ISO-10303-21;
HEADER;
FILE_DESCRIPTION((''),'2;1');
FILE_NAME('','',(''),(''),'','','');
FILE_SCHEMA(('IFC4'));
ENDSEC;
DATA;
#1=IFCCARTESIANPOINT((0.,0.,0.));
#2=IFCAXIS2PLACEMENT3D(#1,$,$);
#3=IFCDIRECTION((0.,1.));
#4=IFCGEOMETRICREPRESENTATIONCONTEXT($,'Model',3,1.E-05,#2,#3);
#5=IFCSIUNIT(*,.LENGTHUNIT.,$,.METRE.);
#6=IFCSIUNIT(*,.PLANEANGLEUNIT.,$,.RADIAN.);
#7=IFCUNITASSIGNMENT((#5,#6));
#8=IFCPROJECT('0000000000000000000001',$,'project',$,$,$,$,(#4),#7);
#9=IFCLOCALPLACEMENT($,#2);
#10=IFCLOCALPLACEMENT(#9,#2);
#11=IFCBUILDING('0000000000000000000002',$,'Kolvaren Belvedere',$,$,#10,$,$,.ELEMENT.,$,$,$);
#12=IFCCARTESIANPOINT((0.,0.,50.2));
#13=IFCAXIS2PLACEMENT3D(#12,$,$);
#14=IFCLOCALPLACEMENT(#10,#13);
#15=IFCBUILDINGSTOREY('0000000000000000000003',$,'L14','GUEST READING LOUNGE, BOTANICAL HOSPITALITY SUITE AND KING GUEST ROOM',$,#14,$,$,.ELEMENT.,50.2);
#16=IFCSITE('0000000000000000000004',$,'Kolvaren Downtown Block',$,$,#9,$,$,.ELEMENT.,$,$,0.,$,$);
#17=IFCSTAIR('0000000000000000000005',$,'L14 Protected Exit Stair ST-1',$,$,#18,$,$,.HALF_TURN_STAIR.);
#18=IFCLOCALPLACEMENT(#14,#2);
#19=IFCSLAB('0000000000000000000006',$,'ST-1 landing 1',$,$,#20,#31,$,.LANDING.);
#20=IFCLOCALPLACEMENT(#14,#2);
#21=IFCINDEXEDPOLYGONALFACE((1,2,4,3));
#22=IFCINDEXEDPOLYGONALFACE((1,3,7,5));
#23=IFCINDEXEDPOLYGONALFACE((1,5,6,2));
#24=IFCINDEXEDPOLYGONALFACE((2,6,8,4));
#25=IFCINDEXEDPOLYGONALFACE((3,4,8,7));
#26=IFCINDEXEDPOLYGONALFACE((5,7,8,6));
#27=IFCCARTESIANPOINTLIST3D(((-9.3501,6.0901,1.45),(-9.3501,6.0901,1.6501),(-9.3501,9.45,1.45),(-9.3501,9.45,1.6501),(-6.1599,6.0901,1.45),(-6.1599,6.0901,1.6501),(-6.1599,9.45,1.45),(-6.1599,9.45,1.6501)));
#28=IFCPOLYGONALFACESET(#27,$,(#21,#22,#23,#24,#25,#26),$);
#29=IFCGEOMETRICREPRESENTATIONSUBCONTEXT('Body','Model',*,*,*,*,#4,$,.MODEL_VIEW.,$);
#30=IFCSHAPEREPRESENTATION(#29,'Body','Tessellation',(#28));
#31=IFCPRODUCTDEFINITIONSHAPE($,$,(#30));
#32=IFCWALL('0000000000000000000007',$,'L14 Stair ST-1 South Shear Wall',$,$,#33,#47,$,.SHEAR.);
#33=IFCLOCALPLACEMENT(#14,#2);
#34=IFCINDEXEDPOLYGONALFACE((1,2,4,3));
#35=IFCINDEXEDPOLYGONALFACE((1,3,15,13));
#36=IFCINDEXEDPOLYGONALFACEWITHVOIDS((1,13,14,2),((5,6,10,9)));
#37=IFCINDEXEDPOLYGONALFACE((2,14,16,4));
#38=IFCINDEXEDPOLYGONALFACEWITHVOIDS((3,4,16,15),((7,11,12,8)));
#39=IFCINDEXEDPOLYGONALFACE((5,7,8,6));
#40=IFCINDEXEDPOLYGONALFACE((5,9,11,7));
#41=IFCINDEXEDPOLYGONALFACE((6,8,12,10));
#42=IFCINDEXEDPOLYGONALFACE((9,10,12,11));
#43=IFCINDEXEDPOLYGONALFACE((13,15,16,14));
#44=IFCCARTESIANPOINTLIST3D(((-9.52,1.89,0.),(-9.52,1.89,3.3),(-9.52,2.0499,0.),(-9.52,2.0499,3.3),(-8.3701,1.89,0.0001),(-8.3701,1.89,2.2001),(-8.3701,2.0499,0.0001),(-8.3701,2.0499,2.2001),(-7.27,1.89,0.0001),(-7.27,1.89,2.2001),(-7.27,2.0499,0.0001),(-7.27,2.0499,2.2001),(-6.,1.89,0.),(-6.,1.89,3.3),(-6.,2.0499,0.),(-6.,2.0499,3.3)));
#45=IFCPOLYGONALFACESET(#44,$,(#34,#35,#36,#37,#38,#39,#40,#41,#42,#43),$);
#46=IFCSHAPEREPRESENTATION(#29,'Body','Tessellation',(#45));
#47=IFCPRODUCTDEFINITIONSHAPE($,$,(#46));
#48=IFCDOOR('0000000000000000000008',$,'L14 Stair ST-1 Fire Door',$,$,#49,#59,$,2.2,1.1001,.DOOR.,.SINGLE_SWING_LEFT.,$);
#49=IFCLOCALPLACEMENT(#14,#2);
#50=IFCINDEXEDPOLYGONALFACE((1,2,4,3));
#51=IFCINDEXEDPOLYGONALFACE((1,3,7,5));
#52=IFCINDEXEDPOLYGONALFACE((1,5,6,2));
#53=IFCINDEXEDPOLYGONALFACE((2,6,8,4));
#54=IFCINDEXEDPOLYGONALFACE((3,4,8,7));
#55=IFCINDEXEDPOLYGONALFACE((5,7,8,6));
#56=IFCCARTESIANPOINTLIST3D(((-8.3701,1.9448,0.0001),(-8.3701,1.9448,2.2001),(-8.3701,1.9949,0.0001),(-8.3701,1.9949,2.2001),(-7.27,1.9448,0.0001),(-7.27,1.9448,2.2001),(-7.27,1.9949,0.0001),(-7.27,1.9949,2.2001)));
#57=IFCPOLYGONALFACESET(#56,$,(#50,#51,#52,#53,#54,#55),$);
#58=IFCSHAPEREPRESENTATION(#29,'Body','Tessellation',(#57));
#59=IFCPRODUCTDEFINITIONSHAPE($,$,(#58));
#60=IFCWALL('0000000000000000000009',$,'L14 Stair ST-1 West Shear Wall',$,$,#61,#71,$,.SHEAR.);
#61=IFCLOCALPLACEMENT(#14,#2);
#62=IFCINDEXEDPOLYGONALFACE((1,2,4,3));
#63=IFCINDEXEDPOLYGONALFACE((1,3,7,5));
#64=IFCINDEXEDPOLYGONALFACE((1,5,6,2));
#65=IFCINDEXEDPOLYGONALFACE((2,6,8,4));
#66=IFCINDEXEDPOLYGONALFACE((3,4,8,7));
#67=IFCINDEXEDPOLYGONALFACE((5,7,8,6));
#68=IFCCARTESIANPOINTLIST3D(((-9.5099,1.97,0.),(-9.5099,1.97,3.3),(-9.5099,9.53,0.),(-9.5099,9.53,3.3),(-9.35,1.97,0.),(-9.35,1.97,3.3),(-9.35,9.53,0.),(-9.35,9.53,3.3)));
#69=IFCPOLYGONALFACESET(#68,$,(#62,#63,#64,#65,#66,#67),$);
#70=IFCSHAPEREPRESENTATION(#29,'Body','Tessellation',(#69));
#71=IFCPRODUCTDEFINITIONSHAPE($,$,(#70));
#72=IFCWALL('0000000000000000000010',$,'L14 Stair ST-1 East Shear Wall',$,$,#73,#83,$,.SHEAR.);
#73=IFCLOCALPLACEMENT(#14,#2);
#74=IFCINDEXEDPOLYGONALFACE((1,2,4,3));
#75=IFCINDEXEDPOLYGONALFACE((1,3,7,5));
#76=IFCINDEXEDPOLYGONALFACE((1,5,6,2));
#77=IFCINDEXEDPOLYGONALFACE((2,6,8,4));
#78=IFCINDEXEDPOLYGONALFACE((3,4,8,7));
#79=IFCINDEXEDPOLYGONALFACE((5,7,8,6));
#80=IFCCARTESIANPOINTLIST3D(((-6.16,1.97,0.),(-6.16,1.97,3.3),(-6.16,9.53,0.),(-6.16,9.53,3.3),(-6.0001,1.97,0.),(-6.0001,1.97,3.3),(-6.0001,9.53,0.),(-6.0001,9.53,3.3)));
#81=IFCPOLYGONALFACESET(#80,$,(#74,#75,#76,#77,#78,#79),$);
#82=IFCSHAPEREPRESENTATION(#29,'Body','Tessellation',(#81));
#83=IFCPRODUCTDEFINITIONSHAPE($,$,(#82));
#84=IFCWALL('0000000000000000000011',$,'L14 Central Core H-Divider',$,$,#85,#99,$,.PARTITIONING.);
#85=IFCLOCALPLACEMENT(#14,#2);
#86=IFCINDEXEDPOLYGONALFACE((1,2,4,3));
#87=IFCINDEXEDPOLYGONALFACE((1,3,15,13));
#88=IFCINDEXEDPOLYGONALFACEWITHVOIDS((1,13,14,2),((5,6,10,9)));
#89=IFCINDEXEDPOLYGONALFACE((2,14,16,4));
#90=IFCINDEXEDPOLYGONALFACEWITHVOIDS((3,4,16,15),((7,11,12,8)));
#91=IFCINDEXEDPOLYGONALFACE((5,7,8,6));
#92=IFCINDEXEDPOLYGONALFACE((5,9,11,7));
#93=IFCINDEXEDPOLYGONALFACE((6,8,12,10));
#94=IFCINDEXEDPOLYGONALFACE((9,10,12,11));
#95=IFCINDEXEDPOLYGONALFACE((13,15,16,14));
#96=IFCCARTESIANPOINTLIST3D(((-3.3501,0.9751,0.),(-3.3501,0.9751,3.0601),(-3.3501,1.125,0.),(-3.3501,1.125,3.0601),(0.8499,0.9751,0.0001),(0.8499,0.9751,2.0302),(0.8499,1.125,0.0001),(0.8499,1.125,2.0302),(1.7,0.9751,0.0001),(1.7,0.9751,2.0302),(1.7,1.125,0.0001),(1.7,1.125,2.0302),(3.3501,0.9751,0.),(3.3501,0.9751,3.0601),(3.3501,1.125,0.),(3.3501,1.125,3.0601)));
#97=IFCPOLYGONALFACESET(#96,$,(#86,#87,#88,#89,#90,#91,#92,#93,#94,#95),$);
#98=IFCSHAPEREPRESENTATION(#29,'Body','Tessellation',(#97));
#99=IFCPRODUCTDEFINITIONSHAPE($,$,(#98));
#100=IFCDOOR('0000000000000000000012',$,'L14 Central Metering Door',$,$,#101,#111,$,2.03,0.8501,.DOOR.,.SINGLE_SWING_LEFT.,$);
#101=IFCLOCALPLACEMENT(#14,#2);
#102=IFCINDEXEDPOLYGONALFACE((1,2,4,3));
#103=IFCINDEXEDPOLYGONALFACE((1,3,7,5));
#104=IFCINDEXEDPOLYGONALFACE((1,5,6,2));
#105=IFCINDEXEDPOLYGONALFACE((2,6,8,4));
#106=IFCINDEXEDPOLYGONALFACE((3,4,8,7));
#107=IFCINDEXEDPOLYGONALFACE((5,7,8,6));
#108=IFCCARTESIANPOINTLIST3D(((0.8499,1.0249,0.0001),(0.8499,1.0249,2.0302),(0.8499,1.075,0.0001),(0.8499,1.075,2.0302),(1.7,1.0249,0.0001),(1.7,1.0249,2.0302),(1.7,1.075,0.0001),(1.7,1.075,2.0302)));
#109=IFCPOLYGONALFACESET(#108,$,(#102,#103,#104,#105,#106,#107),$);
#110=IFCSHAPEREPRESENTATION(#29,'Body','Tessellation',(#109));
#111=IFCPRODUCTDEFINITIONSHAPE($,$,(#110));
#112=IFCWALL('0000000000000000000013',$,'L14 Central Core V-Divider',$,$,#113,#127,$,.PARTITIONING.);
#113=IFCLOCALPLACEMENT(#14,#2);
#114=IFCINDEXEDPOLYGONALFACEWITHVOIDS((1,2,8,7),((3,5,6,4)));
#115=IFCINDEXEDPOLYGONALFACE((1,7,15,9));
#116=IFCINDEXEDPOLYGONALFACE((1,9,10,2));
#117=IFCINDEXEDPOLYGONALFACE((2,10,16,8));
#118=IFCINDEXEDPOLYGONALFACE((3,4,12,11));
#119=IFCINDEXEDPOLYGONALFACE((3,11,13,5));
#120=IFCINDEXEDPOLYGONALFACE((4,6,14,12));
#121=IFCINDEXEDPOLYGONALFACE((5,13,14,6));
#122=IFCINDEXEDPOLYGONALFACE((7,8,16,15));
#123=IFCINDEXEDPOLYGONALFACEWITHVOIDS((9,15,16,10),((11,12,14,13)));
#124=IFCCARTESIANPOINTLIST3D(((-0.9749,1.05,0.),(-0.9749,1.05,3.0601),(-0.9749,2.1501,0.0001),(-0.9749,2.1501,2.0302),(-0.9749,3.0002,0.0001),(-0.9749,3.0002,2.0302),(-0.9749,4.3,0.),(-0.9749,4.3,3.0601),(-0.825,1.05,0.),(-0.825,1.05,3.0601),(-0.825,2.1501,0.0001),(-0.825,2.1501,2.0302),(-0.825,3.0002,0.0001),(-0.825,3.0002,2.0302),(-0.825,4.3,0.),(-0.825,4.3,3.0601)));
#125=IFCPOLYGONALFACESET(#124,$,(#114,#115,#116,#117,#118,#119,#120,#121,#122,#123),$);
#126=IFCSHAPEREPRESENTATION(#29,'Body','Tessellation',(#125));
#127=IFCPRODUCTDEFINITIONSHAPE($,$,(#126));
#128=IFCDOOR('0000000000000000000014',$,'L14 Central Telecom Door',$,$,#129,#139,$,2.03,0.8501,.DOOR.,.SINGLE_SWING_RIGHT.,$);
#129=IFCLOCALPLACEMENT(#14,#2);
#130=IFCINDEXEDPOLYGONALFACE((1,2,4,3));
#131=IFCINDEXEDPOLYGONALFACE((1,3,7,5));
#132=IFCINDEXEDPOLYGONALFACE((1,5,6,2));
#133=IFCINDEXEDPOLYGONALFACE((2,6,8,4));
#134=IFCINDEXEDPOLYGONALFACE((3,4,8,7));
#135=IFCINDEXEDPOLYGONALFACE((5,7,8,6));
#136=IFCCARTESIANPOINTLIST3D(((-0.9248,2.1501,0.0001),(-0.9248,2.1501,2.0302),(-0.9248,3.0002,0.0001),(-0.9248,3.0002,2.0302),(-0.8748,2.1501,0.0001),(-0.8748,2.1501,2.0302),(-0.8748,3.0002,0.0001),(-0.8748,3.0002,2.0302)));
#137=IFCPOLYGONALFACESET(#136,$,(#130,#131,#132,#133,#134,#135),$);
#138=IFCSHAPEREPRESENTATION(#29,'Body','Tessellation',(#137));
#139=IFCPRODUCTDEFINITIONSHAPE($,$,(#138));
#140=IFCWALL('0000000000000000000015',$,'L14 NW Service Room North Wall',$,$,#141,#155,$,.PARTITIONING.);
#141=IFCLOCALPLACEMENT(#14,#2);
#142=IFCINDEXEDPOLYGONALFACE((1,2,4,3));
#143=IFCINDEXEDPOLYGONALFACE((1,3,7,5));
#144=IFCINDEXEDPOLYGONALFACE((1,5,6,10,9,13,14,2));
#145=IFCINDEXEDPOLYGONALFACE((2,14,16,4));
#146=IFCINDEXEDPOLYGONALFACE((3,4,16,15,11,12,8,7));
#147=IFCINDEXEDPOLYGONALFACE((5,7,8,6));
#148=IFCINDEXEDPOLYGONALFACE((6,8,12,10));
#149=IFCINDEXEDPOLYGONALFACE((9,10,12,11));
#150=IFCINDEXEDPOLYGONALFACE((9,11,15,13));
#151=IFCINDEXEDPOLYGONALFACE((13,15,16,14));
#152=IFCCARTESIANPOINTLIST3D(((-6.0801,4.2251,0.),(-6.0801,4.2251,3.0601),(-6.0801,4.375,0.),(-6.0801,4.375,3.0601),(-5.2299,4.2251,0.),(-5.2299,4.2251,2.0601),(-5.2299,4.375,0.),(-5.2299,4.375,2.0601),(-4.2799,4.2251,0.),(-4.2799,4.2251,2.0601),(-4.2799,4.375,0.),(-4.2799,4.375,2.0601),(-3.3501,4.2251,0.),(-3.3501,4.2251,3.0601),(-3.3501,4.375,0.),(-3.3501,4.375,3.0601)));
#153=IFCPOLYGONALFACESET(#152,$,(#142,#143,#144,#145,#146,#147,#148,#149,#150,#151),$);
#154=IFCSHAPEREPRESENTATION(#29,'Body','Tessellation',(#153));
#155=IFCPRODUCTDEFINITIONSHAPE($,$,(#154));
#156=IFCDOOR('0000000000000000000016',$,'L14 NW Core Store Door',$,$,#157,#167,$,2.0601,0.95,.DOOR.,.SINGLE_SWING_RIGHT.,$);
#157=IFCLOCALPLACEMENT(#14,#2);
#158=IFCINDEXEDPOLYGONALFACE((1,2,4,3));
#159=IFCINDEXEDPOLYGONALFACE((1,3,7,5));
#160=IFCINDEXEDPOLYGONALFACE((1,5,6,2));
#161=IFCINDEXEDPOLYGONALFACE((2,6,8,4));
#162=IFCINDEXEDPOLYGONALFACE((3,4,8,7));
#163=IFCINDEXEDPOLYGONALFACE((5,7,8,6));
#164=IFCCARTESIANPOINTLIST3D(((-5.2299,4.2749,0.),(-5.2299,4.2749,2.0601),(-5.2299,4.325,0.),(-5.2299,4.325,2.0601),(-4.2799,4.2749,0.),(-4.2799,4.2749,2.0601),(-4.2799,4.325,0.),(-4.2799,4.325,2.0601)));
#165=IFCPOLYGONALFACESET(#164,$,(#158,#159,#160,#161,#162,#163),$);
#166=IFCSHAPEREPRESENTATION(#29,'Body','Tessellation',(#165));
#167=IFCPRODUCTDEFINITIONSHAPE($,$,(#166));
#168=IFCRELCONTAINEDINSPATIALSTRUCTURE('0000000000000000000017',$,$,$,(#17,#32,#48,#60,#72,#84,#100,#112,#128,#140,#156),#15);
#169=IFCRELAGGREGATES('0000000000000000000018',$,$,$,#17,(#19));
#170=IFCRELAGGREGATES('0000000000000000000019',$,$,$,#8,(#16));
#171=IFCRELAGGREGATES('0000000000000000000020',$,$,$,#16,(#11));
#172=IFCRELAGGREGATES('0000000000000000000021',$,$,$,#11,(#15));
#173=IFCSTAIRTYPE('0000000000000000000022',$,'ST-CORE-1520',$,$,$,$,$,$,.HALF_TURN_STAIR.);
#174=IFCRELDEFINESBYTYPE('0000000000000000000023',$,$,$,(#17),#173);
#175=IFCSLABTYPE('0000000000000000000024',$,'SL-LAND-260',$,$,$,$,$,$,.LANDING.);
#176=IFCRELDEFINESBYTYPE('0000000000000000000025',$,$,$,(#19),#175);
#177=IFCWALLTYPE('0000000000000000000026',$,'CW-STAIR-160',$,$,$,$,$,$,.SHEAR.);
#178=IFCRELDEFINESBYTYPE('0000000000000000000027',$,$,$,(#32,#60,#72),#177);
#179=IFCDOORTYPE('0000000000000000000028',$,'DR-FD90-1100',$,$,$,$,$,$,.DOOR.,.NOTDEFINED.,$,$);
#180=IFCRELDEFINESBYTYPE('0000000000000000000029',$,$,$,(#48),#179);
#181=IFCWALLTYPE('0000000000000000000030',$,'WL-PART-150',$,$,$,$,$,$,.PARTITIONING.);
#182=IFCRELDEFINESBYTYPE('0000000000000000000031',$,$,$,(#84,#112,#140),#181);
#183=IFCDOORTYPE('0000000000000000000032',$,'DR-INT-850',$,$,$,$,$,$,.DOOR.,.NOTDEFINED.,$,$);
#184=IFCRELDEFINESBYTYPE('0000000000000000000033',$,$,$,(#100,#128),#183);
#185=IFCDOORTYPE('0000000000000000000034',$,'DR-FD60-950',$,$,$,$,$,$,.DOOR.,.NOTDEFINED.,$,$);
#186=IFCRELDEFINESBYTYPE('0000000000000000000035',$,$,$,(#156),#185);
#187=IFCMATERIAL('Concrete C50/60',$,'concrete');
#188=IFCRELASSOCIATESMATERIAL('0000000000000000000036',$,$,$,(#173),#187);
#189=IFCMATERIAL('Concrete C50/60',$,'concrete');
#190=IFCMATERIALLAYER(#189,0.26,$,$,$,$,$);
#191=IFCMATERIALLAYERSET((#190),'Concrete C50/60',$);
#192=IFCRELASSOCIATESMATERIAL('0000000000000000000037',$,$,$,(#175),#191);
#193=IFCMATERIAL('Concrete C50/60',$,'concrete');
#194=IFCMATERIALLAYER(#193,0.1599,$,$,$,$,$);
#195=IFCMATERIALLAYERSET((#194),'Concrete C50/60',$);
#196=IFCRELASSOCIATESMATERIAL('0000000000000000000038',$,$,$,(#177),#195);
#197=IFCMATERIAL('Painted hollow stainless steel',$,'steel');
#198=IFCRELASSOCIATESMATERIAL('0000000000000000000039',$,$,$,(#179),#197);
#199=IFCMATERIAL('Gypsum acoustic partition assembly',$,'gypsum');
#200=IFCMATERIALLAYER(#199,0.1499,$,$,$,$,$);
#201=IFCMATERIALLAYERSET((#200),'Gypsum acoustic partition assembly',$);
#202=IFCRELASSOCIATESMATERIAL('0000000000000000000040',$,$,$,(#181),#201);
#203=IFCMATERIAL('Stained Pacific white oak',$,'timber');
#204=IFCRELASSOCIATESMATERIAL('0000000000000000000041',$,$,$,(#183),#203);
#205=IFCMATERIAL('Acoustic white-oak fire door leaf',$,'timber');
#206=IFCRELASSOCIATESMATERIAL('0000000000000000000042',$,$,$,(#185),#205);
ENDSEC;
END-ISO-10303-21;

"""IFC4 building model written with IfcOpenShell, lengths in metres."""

from ifc_helpers import new_model, si_unit, direction, frame, frame_2d, origin, place, context, subcontext, project, spatial, polyline, rectangle, outline, extrude, material, layer, layer_set, type_object, element, fill, aggregate, save


model = new_model("IFC4")

# Units and contexts
model_context = context("Model", 3, precision=1e-05, world=origin(), true_north=direction((0.0, 1.0)))
body_context = subcontext(model_context, "Body", "Model", "MODEL_VIEW")
ifc_project = project(units=[si_unit("LENGTHUNIT", "METRE"), si_unit("PLANEANGLEUNIT", "RADIAN")], contexts=[model_context])

# Site, building, storey
site_placement = place(None, origin())
site = spatial("IfcSite", under=ifc_project, at=site_placement, Name="Kolvaren Downtown Block", CompositionType="ELEMENT", RefElevation=0.0)
building_placement = place(site_placement, origin())
building = spatial("IfcBuilding", under=site, at=building_placement, Name="Kolvaren Belvedere", CompositionType="ELEMENT")
storey_placement = place(building_placement, frame((0.0, 0.0, 50.2)))
storey = spatial("IfcBuildingStorey", under=building, at=storey_placement, Name="L14", Description="GUEST READING LOUNGE, BOTANICAL HOSPITALITY SUITE AND KING GUEST ROOM", CompositionType="ELEMENT", Elevation=50.2)

# Stair, slab
ifc_material_1 = material(Name="Concrete C50/60", Category="concrete")
stair_type = type_object("IfcStairType", Name="ST-CORE-1520", PredefinedType="HALF_TURN_STAIR", material=ifc_material_1)
stair_placement = place(storey_placement, origin())
stair = element("IfcStair", 1, at=stair_placement, inside=storey, type_object=stair_type, Name="L14 Protected Exit Stair ST-1", PredefinedType="HALF_TURN_STAIR")
ifc_material_2 = material(Name="Concrete C50/60", Category="concrete")
ifc_layer_1 = layer(ifc_material_2, 0.26)
ifc_layer_set_1 = layer_set([ifc_layer_1], Name="Concrete C50/60")
slab_type = type_object("IfcSlabType", Name="SL-LAND-260", PredefinedType="LANDING", material=ifc_layer_set_1)
slab_placement = place(storey_placement, frame((0.0, 0.0, 1.45)))
slab = element("IfcSlab", 2, at=slab_placement, type_object=slab_type, Name="ST-1 landing 1", PredefinedType="LANDING", context=body_context, shape_type="SweptSolid", body=[
    extrude(outline(polyline([(-6.1599, 6.0901), (-6.1599, 9.45), (-9.3501, 9.45), (-9.3501, 6.0901), (-6.1599, 6.0901)])), origin(), (0.0, 0.0, 1.0), 0.2002),
])

# Wall, opening, door
ifc_material_3 = material(Name="Concrete C50/60", Category="concrete")
ifc_layer_2 = layer(ifc_material_3, 0.1599)
ifc_layer_set_2 = layer_set([ifc_layer_2], Name="Concrete C50/60")
wall_type_1 = type_object("IfcWallType", Name="CW-STAIR-160", PredefinedType="SHEAR", material=ifc_layer_set_2)
wall_1_placement = place(storey_placement, frame((-9.52, 1.97, 0.0), z_axis=(0.0, 0.0, 1.0), x_axis=(1.0, 0.0, 0.0)))
wall_1 = element("IfcWall", 3, at=wall_1_placement, inside=storey, type_object=wall_type_1, Name="L14 Stair ST-1 South Shear Wall", PredefinedType="SHEAR", context=body_context, shape_type="SweptSolid", body=[
    extrude(rectangle(XDim=3.52, YDim=0.1599, at=frame_2d((1.76, 0.0))), origin(), (0.0, 0.0, 1.0), 3.3),
])
opening_1_placement = place(wall_1_placement, frame((1.1499, 0.0, 0.0)))
opening_1 = element("IfcOpeningElement", 4, at=opening_1_placement, cuts=wall_1, PredefinedType="OPENING", context=body_context, shape_type="SweptSolid", body=[
    extrude(rectangle(XDim=1.1001, YDim=2.2, at=frame_2d((0.55, 1.1001))), frame((0.0, 0.0898, 0.0), z_axis=(0.0, -1.0, 0.0), x_axis=(1.0, 0.0, 0.0)), (0.0, 0.0, 1.0), 0.1799),
])
ifc_material_4 = material(Name="Painted hollow stainless steel", Category="steel")
door_type_1 = type_object("IfcDoorType", Name="DR-FD90-1100", OperationType="NOTDEFINED", PredefinedType="DOOR", material=ifc_material_4)
door_1_placement = place(opening_1_placement, origin())
door_1 = element("IfcDoor", 5, at=door_1_placement, inside=storey, type_object=door_type_1, Name="L14 Stair ST-1 Fire Door", OperationType="SINGLE_SWING_LEFT", OverallHeight=2.2, OverallWidth=1.1001, PredefinedType="DOOR", context=body_context, shape_type="SweptSolid", body=[
    extrude(rectangle(XDim=1.1001, YDim=2.2, at=frame_2d((0.55, 1.1001))), frame((0.0, 0.0249, 0.0), z_axis=(0.0, -1.0, 0.0), x_axis=(1.0, 0.0, 0.0)), (0.0, 0.0, 1.0), 0.05),
])
fill(opening_1, door_1)

# Walls
for number, where, z_axis, x_axis, name in (
    (6, (-9.4299, 1.97, 0.0), (0.0, 0.0, 1.0), (0.0, 1.0, 0.0), "L14 Stair ST-1 West Shear Wall"),
    (7, (-6.0801, 1.97, 0.0), (0.0, 0.0, 1.0), (0.0, 1.0, 0.0), "L14 Stair ST-1 East Shear Wall"),
):
    element("IfcWall", number, at=place(storey_placement, frame(where, z_axis=z_axis, x_axis=x_axis)), inside=storey, type_object=wall_type_1, Name=name, PredefinedType="SHEAR", context=body_context, shape_type="SweptSolid", body=[
        extrude(rectangle(XDim=7.5601, YDim=0.1599, at=frame_2d((3.78, 0.0))), origin(), (0.0, 0.0, 1.0), 3.3),
    ])

# Walls, openings, doors
ifc_material_5 = material(Name="Gypsum acoustic partition assembly", Category="gypsum")
ifc_layer_3 = layer(ifc_material_5, 0.1499)
ifc_layer_set_3 = layer_set([ifc_layer_3], Name="Gypsum acoustic partition assembly")
wall_type_2 = type_object("IfcWallType", Name="WL-PART-150", PredefinedType="PARTITIONING", material=ifc_layer_set_3)
wall_2_placement = place(storey_placement, frame((-3.3501, 1.05, 0.0), z_axis=(0.0, 0.0, 1.0), x_axis=(1.0, 0.0, 0.0)))
wall_2 = element("IfcWall", 8, at=wall_2_placement, inside=storey, type_object=wall_type_2, Name="L14 Central Core H-Divider", PredefinedType="PARTITIONING", context=body_context, shape_type="SweptSolid", body=[
    extrude(rectangle(XDim=6.7002, YDim=0.1499, at=frame_2d((3.3501, 0.0))), origin(), (0.0, 0.0, 1.0), 3.0601),
])
opening_2_placement = place(wall_2_placement, frame((4.2, 0.0, 0.0)))
opening_2 = element("IfcOpeningElement", 9, at=opening_2_placement, cuts=wall_2, PredefinedType="OPENING", context=body_context, shape_type="SweptSolid", body=[
    extrude(rectangle(XDim=0.8501, YDim=2.03, at=frame_2d((0.425, 1.0151))), frame((0.0, 0.085, 0.0), z_axis=(0.0, -1.0, 0.0), x_axis=(1.0, 0.0, 0.0)), (0.0, 0.0, 1.0), 0.1699),
])
ifc_material_6 = material(Name="Stained Pacific white oak", Category="timber")
door_type_2 = type_object("IfcDoorType", Name="DR-INT-850", OperationType="NOTDEFINED", PredefinedType="DOOR", material=ifc_material_6)
door_2_placement = place(opening_2_placement, origin())
door_2 = element("IfcDoor", 10, at=door_2_placement, inside=storey, type_object=door_type_2, Name="L14 Central Metering Door", OperationType="SINGLE_SWING_LEFT", OverallHeight=2.03, OverallWidth=0.8501, PredefinedType="DOOR", context=body_context, shape_type="SweptSolid", body=[
    extrude(rectangle(XDim=0.8501, YDim=2.03, at=frame_2d((0.425, 1.0151))), frame((0.0, 0.0249, 0.0), z_axis=(0.0, -1.0, 0.0), x_axis=(1.0, 0.0, 0.0)), (0.0, 0.0, 1.0), 0.05),
])
fill(opening_2, door_2)
wall_3_placement = place(storey_placement, frame((-0.8999, 1.05, 0.0), z_axis=(0.0, 0.0, 1.0), x_axis=(0.0, 1.0, 0.0)))
wall_3 = element("IfcWall", 11, at=wall_3_placement, inside=storey, type_object=wall_type_2, Name="L14 Central Core V-Divider", PredefinedType="PARTITIONING", context=body_context, shape_type="SweptSolid", body=[
    extrude(rectangle(XDim=3.25, YDim=0.1499, at=frame_2d((1.625, 0.0))), origin(), (0.0, 0.0, 1.0), 3.0601),
])
opening_3_placement = place(wall_3_placement, frame((1.1001, 0.0, 0.0)))
opening_3 = element("IfcOpeningElement", 12, at=opening_3_placement, cuts=wall_3, PredefinedType="OPENING", context=body_context, shape_type="SweptSolid", body=[
    extrude(rectangle(XDim=0.8501, YDim=2.03, at=frame_2d((0.425, 1.0151))), frame((0.0, 0.085, 0.0), z_axis=(0.0, -1.0, 0.0), x_axis=(1.0, 0.0, 0.0)), (0.0, 0.0, 1.0), 0.1699),
])
door_3_placement = place(opening_3_placement, origin())
door_3 = element("IfcDoor", 13, at=door_3_placement, inside=storey, type_object=door_type_2, Name="L14 Central Telecom Door", OperationType="SINGLE_SWING_RIGHT", OverallHeight=2.03, OverallWidth=0.8501, PredefinedType="DOOR", context=body_context, shape_type="SweptSolid", body=[
    extrude(rectangle(XDim=0.8501, YDim=2.03, at=frame_2d((0.425, 1.0151))), frame((0.0, 0.0249, 0.0), z_axis=(0.0, -1.0, 0.0), x_axis=(1.0, 0.0, 0.0)), (0.0, 0.0, 1.0), 0.05),
])
fill(opening_3, door_3)
wall_4_placement = place(storey_placement, frame((-6.0801, 4.3, 0.0), z_axis=(0.0, 0.0, 1.0), x_axis=(1.0, 0.0, 0.0)))
wall_4 = element("IfcWall", 14, at=wall_4_placement, inside=storey, type_object=wall_type_2, Name="L14 NW Service Room North Wall", PredefinedType="PARTITIONING", context=body_context, shape_type="SweptSolid", body=[
    extrude(rectangle(XDim=2.73, YDim=0.1499, at=frame_2d((1.365, 0.0))), origin(), (0.0, 0.0, 1.0), 3.0601),
])
opening_4_placement = place(wall_4_placement, frame((0.8501, 0.0, 0.0)))
opening_4 = element("IfcOpeningElement", 15, at=opening_4_placement, cuts=wall_4, PredefinedType="OPENING", context=body_context, shape_type="SweptSolid", body=[
    extrude(rectangle(XDim=0.95, YDim=2.0601, at=frame_2d((0.4751, 1.03))), frame((0.0, 0.085, 0.0), z_axis=(0.0, -1.0, 0.0), x_axis=(1.0, 0.0, 0.0)), (0.0, 0.0, 1.0), 0.1699),
])
ifc_material_7 = material(Name="Acoustic white-oak fire door leaf", Category="timber")
door_type_3 = type_object("IfcDoorType", Name="DR-FD60-950", OperationType="NOTDEFINED", PredefinedType="DOOR", material=ifc_material_7)
door_4_placement = place(opening_4_placement, origin())
door_4 = element("IfcDoor", 16, at=door_4_placement, inside=storey, type_object=door_type_3, Name="L14 NW Core Store Door", OperationType="SINGLE_SWING_RIGHT", OverallHeight=2.0601, OverallWidth=0.95, PredefinedType="DOOR", context=body_context, shape_type="SweptSolid", body=[
    extrude(rectangle(XDim=0.95, YDim=2.0601, at=frame_2d((0.4751, 1.03))), frame((0.0, 0.0249, 0.0), z_axis=(0.0, -1.0, 0.0), x_axis=(1.0, 0.0, 0.0)), (0.0, 0.0, 1.0), 0.05),
])
fill(opening_4, door_4)

aggregate(stair, [slab])

save(model, "model.ifc")
